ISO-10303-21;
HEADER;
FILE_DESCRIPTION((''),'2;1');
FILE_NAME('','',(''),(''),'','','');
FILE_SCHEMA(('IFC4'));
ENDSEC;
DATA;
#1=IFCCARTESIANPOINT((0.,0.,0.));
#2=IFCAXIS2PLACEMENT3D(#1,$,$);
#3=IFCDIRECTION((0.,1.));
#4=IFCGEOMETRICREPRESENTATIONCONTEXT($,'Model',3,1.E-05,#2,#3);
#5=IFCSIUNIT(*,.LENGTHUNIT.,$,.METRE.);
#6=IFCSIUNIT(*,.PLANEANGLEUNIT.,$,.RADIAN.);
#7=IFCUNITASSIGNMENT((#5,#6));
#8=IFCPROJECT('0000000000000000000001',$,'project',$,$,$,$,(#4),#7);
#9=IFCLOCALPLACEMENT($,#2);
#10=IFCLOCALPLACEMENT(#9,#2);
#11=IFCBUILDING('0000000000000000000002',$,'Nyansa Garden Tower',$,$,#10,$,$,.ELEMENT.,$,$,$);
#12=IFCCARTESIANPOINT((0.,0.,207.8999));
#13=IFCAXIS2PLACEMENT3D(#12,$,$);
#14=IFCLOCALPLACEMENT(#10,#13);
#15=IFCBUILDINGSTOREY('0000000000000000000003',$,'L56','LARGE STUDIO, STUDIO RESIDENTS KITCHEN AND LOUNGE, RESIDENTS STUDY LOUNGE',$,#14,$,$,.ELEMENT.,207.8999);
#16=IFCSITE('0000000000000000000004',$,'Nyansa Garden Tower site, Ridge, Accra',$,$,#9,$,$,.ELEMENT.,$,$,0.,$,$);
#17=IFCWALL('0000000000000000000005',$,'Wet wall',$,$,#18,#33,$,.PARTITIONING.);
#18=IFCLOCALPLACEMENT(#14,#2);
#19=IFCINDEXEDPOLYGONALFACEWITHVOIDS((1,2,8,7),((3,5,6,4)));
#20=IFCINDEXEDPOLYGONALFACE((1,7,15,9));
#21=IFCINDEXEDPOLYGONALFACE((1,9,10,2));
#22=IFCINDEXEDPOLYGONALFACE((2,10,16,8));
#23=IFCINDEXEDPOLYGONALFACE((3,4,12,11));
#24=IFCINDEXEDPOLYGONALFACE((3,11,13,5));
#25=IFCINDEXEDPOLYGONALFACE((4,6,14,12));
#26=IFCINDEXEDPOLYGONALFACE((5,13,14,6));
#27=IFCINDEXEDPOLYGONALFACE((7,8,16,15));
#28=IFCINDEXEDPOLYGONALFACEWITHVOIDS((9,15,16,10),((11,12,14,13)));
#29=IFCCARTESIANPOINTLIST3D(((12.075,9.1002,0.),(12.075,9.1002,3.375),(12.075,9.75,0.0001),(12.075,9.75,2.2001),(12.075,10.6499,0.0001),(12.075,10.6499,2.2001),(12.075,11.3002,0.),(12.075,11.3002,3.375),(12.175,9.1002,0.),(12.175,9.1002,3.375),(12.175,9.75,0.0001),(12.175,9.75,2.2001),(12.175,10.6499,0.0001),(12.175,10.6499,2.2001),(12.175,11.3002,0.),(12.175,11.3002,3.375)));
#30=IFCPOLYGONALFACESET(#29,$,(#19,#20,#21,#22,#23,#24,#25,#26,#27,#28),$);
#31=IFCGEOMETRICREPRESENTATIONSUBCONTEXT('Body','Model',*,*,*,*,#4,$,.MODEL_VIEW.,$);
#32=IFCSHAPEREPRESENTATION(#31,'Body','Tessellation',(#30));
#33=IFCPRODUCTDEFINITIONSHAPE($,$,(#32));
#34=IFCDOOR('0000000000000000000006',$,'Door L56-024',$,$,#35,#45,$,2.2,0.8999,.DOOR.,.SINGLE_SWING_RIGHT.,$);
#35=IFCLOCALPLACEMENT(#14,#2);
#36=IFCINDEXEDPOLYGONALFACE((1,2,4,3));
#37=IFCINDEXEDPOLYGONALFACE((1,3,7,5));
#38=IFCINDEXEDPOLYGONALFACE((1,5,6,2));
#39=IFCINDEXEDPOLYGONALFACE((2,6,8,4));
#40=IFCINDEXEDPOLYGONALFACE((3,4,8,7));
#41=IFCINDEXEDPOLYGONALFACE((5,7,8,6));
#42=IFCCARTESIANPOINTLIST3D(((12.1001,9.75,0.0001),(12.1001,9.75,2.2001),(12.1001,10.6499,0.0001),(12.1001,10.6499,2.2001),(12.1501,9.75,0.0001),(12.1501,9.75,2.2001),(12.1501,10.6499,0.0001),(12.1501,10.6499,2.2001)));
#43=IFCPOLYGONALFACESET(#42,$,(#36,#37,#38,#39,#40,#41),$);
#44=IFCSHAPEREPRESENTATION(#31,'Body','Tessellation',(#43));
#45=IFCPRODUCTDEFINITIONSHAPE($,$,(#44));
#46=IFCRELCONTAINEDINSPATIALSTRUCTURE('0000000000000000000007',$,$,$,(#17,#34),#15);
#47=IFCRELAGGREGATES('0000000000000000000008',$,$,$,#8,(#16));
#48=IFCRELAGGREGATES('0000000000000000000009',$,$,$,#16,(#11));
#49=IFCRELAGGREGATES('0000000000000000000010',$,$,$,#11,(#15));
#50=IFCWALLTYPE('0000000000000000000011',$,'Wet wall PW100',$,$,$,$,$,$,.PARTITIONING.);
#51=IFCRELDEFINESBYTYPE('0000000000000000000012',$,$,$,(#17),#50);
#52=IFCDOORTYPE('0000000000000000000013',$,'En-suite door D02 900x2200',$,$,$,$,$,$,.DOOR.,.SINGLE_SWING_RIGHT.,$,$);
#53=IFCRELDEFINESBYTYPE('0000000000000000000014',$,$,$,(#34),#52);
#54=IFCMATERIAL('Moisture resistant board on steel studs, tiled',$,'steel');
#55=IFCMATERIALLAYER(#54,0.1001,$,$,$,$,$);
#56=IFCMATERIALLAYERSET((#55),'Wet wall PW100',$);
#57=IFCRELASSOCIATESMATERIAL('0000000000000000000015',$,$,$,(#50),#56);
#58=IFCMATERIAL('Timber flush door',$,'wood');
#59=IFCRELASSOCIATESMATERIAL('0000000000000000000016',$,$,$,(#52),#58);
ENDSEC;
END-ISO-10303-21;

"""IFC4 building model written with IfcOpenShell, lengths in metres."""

from ifc_helpers import new_model, si_unit, direction, frame, frame_2d, origin, place, context, subcontext, project, spatial, rectangle, extrude, material, layer, layer_set, type_object, element, fill, save


model = new_model("IFC4")

# Units and contexts
model_context = context("Model", 3, precision=1e-05, world=origin(), true_north=direction((0.0, 1.0)))
body_context = subcontext(model_context, "Body", "Model", "MODEL_VIEW")
ifc_project = project(units=[si_unit("LENGTHUNIT", "METRE"), si_unit("PLANEANGLEUNIT", "RADIAN")], contexts=[model_context])

# Site, building, storey
site_placement = place(None, origin())
site = spatial("IfcSite", under=ifc_project, at=site_placement, Name="Nyansa Garden Tower site, Ridge, Accra", CompositionType="ELEMENT", RefElevation=0.0)
building_placement = place(site_placement, origin())
building = spatial("IfcBuilding", under=site, at=building_placement, Name="Nyansa Garden Tower", CompositionType="ELEMENT")
storey_placement = place(building_placement, frame((0.0, 0.0, 207.8999)))
storey = spatial("IfcBuildingStorey", under=building, at=storey_placement, Name="L56", Description="LARGE STUDIO, STUDIO RESIDENTS KITCHEN AND LOUNGE, RESIDENTS STUDY LOUNGE", CompositionType="ELEMENT", Elevation=207.8999)

# Shared definitions
ifc_material_1 = material(Name="Moisture resistant board on steel studs, tiled", Category="steel")
ifc_layer_1 = layer(ifc_material_1, 0.1001)
ifc_layer_set_1 = layer_set([ifc_layer_1], Name="Wet wall PW100")
wall_type_1 = type_object("IfcWallType", Name="Wet wall PW100", PredefinedType="PARTITIONING", material=ifc_layer_set_1)

# Wall, opening, door
wall_1_placement = place(storey_placement, frame((12.125, 9.1001, 0.0), z_axis=(0.0, 0.0, 1.0), x_axis=(0.0, 1.0, 0.0)))
wall_1 = element("IfcWall", 1, at=wall_1_placement, inside=storey, type_object=wall_type_1, Name="Wet wall", PredefinedType="PARTITIONING", context=body_context, shape_type="SweptSolid", body=[
    extrude(rectangle(XDim=2.2, YDim=0.1001, at=frame_2d((1.1001, 0.0))), origin(), (0.0, 0.0, 1.0), 3.375),
])
opening_1_placement = place(wall_1_placement, frame((0.6499, 0.0, 0.0)))
opening_1 = element("IfcOpeningElement", 2, at=opening_1_placement, cuts=wall_1, PredefinedType="OPENING", context=body_context, shape_type="SweptSolid", body=[
    extrude(rectangle(XDim=0.8999, YDim=2.2, at=frame_2d((0.45, 1.1001))), frame((0.0, 0.0601, 0.0), z_axis=(0.0, -1.0, 0.0), x_axis=(1.0, 0.0, 0.0)), (0.0, 0.0, 1.0), 0.1201),
])
ifc_material_2 = material(Name="Timber flush door", Category="wood")
door_type_1 = type_object("IfcDoorType", Name="En-suite door D02 900x2200", OperationType="SINGLE_SWING_RIGHT", PredefinedType="DOOR", material=ifc_material_2)
door_1_placement = place(opening_1_placement, origin())
door_1 = element("IfcDoor", 3, at=door_1_placement, inside=storey, type_object=door_type_1, Name="Door L56-024", OperationType="SINGLE_SWING_RIGHT", OverallHeight=2.2, OverallWidth=0.8999, PredefinedType="DOOR", context=body_context, shape_type="SweptSolid", body=[
    extrude(rectangle(XDim=0.8999, YDim=2.2, at=frame_2d((0.45, 1.1001))), frame((0.0, 0.0249, 0.0), z_axis=(0.0, -1.0, 0.0), x_axis=(1.0, 0.0, 0.0)), (0.0, 0.0, 1.0), 0.05),
])
fill(opening_1, door_1)

save(model, "model.ifc")
